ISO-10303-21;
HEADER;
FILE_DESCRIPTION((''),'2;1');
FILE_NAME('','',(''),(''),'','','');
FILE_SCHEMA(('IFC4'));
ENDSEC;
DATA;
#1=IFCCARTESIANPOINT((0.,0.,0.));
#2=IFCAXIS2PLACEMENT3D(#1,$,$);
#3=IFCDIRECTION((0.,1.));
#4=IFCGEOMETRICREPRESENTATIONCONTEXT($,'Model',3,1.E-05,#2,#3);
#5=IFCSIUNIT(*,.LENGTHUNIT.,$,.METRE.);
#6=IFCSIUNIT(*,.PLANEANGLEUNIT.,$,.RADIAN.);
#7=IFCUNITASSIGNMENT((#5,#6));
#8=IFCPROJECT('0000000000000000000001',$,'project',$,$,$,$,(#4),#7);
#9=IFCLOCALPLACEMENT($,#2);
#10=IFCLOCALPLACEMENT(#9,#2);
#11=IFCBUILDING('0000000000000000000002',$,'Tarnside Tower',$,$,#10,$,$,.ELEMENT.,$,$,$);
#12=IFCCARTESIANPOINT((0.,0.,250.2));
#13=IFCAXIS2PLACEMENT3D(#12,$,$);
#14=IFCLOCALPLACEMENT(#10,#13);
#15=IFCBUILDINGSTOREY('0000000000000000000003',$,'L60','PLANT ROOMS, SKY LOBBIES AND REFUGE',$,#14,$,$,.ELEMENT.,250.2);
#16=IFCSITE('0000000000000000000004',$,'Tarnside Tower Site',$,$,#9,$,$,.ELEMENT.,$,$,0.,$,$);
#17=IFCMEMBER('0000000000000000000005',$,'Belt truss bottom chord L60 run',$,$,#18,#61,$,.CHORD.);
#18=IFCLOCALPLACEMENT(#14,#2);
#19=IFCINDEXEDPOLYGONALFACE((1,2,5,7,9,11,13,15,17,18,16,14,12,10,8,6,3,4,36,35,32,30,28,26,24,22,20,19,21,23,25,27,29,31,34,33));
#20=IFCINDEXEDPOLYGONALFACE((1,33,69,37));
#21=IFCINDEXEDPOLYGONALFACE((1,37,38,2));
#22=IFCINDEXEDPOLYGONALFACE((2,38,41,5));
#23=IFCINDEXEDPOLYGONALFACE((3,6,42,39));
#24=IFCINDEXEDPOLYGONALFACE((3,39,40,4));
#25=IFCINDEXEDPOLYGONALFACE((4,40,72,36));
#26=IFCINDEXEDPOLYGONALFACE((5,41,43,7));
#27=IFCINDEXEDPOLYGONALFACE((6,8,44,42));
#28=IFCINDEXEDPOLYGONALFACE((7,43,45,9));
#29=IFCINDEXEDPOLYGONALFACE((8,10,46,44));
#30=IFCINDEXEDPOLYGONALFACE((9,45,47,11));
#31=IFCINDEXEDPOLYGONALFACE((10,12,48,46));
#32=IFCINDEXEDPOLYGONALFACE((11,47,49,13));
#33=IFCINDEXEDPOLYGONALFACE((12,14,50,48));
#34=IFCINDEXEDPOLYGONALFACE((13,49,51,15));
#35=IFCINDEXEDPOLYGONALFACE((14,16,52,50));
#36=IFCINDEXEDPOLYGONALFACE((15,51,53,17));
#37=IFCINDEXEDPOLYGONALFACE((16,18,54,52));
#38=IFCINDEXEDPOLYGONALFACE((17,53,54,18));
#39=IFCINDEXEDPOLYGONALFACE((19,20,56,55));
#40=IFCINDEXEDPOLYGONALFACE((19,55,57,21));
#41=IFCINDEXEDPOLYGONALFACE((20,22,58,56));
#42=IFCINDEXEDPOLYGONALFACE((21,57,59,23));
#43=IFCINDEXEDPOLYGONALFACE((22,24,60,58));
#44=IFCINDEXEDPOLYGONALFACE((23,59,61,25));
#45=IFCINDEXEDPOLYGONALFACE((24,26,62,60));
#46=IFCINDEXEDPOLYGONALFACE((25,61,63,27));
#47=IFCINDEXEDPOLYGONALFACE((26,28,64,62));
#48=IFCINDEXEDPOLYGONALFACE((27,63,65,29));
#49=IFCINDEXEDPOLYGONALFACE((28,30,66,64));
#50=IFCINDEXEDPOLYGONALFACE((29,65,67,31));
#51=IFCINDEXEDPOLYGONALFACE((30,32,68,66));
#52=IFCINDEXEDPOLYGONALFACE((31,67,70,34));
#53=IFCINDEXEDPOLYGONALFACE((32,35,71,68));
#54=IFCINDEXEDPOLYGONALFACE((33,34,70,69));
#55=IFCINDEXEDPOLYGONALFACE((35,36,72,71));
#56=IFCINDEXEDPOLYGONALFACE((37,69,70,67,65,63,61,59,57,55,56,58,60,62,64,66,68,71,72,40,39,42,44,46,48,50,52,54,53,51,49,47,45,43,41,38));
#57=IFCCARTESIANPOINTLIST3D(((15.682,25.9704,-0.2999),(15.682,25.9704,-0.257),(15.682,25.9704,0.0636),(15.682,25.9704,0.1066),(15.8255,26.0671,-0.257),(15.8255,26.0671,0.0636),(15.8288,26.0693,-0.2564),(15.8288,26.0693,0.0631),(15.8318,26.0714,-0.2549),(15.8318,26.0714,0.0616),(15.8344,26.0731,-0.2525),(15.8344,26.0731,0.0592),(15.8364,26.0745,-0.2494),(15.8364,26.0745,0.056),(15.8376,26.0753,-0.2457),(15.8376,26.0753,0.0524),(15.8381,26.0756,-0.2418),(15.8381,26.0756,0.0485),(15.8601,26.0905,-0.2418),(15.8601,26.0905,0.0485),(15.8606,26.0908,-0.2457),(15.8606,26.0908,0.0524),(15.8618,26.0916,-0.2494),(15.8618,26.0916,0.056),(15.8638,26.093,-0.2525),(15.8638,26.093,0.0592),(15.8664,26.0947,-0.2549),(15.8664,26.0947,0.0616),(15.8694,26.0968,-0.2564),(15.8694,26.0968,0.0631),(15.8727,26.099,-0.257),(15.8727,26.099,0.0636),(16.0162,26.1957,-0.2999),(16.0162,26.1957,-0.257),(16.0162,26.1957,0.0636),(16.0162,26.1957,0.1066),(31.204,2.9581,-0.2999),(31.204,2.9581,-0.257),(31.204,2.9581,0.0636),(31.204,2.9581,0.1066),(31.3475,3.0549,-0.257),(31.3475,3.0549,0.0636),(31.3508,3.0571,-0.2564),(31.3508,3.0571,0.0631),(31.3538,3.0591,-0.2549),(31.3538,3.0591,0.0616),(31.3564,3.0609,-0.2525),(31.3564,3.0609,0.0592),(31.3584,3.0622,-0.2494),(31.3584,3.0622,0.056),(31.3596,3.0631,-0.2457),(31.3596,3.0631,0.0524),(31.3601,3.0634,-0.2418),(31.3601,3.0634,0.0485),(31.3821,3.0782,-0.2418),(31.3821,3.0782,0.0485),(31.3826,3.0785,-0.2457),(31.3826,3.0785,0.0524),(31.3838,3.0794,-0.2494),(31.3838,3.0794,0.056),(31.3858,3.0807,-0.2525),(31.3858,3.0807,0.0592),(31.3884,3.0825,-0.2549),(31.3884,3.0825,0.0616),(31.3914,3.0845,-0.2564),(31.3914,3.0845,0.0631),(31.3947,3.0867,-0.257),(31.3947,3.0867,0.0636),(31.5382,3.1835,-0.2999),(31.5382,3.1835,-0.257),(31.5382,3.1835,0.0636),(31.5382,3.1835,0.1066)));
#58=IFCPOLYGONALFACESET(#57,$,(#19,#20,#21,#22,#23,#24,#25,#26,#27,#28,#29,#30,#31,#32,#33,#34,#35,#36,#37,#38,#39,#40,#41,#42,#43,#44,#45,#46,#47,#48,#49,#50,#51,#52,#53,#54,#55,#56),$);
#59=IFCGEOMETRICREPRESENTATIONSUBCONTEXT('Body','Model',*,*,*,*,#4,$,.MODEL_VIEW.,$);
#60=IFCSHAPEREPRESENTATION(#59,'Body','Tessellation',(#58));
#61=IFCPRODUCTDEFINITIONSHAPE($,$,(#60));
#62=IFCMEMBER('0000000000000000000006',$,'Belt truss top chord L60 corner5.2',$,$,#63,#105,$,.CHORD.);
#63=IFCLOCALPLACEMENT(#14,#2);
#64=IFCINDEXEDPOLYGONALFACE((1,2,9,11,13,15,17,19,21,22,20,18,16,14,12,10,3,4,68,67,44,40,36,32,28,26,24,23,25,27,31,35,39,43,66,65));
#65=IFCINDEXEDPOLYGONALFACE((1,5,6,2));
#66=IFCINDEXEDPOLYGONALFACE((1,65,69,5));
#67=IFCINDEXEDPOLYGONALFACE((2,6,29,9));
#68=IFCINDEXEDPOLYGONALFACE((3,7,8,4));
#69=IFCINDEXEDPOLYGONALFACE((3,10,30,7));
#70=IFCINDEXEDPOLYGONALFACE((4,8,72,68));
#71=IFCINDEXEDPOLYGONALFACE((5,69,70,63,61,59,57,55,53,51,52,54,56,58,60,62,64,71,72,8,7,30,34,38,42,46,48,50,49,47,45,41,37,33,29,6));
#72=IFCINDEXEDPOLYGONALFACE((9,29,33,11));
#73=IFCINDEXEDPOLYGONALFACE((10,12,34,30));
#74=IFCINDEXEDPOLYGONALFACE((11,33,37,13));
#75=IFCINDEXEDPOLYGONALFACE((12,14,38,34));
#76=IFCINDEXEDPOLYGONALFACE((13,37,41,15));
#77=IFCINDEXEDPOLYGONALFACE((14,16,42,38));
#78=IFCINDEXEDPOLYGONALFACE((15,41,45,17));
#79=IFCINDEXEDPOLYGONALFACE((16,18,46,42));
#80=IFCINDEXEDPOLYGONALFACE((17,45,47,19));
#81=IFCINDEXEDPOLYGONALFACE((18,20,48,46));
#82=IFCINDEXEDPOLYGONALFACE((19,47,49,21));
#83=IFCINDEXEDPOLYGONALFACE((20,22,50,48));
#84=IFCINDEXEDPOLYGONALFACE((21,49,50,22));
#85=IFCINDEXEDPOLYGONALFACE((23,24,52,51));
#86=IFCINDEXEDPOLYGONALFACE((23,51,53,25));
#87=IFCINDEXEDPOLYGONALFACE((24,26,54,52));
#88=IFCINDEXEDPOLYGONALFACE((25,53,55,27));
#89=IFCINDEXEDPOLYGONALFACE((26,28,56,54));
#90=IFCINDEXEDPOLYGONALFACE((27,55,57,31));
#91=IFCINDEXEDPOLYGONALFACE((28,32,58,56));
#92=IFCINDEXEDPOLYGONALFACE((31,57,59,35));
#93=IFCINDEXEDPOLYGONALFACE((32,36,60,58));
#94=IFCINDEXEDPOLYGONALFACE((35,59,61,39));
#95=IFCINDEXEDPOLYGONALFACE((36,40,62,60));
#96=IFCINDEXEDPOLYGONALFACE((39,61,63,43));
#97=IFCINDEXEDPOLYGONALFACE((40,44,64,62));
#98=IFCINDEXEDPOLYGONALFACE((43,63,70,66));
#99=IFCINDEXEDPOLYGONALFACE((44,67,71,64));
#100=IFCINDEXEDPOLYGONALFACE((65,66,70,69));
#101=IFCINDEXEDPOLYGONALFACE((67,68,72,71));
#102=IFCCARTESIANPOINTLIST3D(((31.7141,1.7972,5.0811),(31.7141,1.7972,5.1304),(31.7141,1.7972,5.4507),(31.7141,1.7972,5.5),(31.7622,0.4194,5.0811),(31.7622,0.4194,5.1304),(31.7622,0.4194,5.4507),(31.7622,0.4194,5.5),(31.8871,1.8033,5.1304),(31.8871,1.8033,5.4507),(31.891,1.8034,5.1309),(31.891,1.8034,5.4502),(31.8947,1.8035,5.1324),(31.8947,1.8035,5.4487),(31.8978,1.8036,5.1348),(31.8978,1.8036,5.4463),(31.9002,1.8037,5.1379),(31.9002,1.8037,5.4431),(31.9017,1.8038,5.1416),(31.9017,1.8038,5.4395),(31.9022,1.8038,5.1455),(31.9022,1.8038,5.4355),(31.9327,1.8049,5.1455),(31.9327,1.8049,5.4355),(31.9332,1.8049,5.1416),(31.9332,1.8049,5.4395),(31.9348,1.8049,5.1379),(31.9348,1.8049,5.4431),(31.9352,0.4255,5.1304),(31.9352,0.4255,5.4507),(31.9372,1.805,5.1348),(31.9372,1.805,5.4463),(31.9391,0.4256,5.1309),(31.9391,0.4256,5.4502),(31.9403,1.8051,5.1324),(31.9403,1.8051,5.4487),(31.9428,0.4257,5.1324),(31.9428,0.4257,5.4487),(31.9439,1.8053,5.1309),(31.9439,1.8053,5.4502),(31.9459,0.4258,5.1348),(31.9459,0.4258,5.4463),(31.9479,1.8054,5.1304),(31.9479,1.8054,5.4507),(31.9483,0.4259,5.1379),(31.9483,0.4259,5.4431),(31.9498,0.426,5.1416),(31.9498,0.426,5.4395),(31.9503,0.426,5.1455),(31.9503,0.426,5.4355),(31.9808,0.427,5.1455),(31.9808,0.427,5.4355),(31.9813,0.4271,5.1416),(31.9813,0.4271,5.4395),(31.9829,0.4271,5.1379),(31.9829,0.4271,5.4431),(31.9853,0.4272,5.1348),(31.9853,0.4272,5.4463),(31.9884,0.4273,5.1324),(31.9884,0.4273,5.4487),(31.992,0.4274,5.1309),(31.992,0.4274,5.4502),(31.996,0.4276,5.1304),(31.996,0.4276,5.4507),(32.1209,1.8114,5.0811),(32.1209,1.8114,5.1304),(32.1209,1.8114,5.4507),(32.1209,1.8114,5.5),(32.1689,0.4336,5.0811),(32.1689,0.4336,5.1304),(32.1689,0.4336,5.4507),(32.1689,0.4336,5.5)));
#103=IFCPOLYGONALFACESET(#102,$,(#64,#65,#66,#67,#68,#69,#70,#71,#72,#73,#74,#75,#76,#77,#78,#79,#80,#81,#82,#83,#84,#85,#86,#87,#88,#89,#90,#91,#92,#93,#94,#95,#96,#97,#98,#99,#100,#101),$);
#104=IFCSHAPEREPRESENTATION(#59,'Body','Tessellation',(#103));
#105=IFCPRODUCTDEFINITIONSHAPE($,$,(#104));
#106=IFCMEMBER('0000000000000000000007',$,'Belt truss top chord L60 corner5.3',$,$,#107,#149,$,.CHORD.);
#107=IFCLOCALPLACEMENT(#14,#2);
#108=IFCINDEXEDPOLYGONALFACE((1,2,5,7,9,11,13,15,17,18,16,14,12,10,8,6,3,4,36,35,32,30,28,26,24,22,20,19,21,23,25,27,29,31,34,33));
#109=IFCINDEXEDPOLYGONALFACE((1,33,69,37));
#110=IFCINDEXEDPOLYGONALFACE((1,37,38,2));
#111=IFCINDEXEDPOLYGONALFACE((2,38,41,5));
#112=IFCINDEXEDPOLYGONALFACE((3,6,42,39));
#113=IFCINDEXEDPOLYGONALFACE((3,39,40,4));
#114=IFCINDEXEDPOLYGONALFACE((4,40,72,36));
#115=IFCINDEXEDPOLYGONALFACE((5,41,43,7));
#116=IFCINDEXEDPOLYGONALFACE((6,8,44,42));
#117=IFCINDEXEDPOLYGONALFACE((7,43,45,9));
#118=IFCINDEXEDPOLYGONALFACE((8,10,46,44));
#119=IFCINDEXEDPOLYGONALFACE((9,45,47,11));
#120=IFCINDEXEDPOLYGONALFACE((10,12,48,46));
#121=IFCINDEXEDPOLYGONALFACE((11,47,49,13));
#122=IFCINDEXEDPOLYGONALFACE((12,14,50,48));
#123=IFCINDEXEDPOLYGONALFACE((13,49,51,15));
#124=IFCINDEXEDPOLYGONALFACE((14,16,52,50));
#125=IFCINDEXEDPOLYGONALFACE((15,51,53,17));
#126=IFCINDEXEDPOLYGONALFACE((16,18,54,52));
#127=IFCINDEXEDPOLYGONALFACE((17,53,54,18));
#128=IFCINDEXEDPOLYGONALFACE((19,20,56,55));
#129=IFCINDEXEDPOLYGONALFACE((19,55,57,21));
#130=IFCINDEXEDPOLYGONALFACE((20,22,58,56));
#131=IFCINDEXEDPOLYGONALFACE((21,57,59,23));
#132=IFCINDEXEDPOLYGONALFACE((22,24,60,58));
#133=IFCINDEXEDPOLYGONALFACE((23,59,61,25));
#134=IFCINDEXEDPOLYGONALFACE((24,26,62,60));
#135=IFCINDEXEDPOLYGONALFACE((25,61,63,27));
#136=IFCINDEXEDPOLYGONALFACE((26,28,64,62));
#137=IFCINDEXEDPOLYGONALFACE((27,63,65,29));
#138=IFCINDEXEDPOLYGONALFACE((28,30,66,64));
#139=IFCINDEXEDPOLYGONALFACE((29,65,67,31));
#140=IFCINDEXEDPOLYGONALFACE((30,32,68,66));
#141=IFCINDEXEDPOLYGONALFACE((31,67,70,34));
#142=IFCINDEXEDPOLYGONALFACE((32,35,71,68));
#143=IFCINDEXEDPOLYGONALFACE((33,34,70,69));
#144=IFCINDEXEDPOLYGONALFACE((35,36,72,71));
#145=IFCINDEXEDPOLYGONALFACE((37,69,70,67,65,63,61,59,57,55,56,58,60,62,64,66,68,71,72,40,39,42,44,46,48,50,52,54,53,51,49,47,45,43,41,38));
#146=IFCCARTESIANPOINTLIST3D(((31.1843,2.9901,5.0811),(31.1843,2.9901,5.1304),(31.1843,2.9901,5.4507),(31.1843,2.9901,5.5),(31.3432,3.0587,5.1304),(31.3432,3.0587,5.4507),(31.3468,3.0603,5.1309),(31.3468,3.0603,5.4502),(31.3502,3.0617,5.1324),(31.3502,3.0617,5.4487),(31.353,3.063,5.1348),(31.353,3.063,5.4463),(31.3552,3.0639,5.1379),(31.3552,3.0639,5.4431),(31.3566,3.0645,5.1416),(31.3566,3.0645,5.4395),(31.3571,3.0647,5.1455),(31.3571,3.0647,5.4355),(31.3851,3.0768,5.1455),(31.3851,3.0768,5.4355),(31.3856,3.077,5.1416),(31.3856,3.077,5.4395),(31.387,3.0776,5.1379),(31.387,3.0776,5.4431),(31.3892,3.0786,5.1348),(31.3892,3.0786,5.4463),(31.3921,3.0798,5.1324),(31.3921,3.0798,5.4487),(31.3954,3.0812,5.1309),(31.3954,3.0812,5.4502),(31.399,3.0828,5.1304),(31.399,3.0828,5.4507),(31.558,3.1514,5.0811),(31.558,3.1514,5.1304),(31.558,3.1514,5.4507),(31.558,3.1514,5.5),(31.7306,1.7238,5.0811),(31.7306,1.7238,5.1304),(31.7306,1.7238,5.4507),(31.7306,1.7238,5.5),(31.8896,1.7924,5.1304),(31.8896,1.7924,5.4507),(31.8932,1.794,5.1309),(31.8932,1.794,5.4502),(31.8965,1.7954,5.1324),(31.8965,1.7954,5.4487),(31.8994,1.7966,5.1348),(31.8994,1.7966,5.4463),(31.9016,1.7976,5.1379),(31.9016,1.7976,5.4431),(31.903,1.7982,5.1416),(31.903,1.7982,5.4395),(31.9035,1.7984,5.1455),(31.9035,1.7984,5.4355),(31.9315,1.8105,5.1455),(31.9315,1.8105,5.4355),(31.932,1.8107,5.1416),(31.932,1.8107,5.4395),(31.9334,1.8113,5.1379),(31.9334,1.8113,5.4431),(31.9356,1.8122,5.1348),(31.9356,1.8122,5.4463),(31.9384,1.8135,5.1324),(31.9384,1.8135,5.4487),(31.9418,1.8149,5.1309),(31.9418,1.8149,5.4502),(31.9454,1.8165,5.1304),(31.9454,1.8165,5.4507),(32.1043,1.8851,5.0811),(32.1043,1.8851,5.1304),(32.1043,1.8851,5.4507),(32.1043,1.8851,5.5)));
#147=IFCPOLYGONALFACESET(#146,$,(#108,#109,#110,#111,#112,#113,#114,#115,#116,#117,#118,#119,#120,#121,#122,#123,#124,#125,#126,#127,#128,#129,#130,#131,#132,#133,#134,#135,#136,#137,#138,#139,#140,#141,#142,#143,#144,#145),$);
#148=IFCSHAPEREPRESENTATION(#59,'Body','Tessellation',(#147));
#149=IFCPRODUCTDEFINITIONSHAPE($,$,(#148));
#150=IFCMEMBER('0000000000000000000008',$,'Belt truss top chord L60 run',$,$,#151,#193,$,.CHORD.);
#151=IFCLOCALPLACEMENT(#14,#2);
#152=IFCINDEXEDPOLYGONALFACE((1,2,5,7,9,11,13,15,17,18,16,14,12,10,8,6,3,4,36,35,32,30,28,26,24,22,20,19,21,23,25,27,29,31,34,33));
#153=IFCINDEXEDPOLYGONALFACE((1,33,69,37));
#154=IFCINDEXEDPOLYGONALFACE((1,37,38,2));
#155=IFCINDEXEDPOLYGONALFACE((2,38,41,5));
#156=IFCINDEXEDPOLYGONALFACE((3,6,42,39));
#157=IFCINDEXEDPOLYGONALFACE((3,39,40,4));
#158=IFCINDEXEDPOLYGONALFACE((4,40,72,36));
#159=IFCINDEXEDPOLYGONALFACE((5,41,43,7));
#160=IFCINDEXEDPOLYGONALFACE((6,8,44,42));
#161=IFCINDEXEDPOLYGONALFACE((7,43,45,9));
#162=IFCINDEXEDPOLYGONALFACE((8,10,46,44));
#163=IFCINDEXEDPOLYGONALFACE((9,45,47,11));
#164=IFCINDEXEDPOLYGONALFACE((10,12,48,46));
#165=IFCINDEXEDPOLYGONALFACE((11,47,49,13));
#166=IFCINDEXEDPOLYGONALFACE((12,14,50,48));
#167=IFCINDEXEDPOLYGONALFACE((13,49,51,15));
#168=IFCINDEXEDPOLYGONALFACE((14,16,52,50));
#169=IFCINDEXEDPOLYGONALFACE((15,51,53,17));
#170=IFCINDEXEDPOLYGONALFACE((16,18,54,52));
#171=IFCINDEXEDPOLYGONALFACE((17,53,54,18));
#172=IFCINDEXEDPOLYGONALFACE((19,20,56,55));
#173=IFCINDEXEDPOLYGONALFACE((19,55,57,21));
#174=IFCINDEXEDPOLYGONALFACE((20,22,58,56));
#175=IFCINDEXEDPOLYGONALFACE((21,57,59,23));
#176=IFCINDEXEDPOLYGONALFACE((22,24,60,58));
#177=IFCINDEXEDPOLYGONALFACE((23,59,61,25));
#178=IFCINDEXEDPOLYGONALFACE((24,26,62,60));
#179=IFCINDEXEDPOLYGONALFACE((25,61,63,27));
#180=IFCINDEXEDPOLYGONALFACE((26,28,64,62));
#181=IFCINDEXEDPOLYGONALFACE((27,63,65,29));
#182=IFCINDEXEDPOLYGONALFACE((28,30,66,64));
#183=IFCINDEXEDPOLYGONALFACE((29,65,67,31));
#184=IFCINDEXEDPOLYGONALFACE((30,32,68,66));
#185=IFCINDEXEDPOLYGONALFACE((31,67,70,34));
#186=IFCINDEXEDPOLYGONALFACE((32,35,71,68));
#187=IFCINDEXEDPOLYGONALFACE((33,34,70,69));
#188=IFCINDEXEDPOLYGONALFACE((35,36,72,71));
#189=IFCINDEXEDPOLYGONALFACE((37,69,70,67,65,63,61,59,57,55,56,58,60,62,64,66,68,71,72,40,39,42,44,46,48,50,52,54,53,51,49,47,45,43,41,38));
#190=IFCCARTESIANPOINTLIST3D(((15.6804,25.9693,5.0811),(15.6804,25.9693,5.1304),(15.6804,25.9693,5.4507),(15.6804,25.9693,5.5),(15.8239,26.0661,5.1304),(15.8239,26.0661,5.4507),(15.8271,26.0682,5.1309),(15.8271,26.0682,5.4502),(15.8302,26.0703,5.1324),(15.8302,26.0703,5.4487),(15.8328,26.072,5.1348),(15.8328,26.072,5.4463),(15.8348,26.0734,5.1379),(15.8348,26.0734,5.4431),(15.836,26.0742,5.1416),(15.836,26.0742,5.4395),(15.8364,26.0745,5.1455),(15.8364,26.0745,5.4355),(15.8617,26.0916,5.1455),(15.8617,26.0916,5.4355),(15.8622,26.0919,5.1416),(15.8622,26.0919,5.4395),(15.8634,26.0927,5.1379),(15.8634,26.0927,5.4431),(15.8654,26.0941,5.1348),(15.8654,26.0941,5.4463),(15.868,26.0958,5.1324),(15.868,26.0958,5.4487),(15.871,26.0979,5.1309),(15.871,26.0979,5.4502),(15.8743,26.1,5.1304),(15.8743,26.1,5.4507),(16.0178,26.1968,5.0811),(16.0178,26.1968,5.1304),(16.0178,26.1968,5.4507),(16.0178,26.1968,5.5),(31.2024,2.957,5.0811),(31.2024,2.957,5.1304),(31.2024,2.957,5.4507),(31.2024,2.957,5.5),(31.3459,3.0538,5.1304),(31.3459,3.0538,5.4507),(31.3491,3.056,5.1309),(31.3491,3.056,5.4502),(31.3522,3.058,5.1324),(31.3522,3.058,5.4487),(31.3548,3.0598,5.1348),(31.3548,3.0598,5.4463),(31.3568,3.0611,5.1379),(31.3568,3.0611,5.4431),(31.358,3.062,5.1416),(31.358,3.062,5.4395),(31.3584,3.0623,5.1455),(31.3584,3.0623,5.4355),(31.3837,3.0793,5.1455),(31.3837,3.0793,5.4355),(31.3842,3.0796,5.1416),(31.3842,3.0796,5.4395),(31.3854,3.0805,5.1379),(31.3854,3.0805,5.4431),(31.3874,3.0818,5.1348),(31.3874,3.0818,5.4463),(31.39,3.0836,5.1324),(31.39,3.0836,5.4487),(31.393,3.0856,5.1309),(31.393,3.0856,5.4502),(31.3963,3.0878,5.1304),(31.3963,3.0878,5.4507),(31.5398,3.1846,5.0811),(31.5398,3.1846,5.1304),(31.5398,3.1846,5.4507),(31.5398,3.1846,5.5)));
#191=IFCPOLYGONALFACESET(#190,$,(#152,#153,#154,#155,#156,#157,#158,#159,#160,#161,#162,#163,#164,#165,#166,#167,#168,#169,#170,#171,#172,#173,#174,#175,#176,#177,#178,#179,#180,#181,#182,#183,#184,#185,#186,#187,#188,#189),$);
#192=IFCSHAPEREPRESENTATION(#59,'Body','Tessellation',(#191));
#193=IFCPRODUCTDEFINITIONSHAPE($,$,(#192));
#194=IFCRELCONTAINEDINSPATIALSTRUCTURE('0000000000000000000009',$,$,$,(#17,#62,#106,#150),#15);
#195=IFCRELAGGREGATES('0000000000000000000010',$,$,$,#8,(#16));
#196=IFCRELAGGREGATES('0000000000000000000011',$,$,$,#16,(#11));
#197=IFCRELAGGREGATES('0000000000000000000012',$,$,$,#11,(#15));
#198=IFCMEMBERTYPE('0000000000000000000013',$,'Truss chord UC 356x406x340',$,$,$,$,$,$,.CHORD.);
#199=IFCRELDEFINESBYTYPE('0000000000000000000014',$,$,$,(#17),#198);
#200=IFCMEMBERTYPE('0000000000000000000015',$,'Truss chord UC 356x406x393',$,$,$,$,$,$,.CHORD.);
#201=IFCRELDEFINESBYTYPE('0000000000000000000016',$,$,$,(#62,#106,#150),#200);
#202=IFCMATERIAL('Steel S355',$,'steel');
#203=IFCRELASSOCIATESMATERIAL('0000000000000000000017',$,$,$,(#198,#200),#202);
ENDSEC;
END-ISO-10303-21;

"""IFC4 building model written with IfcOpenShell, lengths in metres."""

from ifc_helpers import new_model, si_unit, direction, frame, origin, origin_2d, place, context, subcontext, project, spatial, i_section, extrude, material, material_profile, profile_set, type_object, element, save


model = new_model("IFC4")

# Units and contexts
model_context = context("Model", 3, precision=1e-05, world=origin(), true_north=direction((0.0, 1.0)))
body_context = subcontext(model_context, "Body", "Model", "MODEL_VIEW")
ifc_project = project(units=[si_unit("LENGTHUNIT", "METRE"), si_unit("PLANEANGLEUNIT", "RADIAN")], contexts=[model_context])

# Site, building, storey
site_placement = place(None, origin())
site = spatial("IfcSite", under=ifc_project, at=site_placement, Name="Tarnside Tower Site", CompositionType="ELEMENT", RefElevation=0.0)
building_placement = place(site_placement, origin())
building = spatial("IfcBuilding", under=site, at=building_placement, Name="Tarnside Tower", CompositionType="ELEMENT")
storey_placement = place(building_placement, frame((0.0, 0.0, 250.2)))
storey = spatial("IfcBuildingStorey", under=building, at=storey_placement, Name="L60", Description="PLANT ROOMS, SKY LOBBIES AND REFUGE", CompositionType="ELEMENT", Elevation=250.2)

# Shared definitions
ifc_material_1 = material(Name="Steel S355", Category="steel")

# Members
ifc_material_profile_1 = material_profile(ifc_material_1, i_section(OverallWidth=0.4031, OverallDepth=0.4065, WebThickness=0.0266, FlangeThickness=0.043, FilletRadius=0.0151, at=origin_2d()), Name="UC 356x406x340")
ifc_profile_set_1 = profile_set([ifc_material_profile_1], Name="Steel S355")
member_type_1 = type_object("IfcMemberType", Name="Truss chord UC 356x406x340", PredefinedType="CHORD", material=ifc_profile_set_1)
member_1_placement = place(storey_placement, frame((31.3711, 3.0708, -0.0967), z_axis=(-0.559194, 0.829037, 0.0), x_axis=(-0.829037, -0.559194, 0.0)))
element("IfcMember", 1, at=member_1_placement, inside=storey, type_object=member_type_1, Name="Belt truss bottom chord L60 run", PredefinedType="CHORD", context=body_context, shape_type="SweptSolid", body=[
    extrude(i_section(OverallWidth=0.4031, OverallDepth=0.4065, WebThickness=0.0266, FlangeThickness=0.043, FilletRadius=0.0151, at=origin_2d()), origin(), (0.0, 0.0, 1.0), 27.7578),
])
ifc_material_profile_2 = material_profile(ifc_material_1, i_section(OverallWidth=0.407, OverallDepth=0.4189, WebThickness=0.0305, FlangeThickness=0.0493, FilletRadius=0.0151, at=origin_2d()), Name="UC 356x406x393")
ifc_profile_set_2 = profile_set([ifc_material_profile_2], Name="Steel S355")
member_type_2 = type_object("IfcMemberType", Name="Truss chord UC 356x406x393", PredefinedType="CHORD", material=ifc_profile_set_2)
member_2_placement = place(storey_placement, frame((31.9656, 0.4265, 5.2905), z_axis=(-0.034883, 0.999391, 0.0), x_axis=(-0.999391, -0.034883, 0.0)))
element("IfcMember", 2, at=member_2_placement, inside=storey, type_object=member_type_2, Name="Belt truss top chord L60 corner5.2", PredefinedType="CHORD", context=body_context, shape_type="SweptSolid", body=[
    extrude(i_section(OverallWidth=0.407, OverallDepth=0.4189, WebThickness=0.0305, FlangeThickness=0.0493, FilletRadius=0.0151, at=origin_2d()), origin(), (0.0, 0.0, 1.0), 1.3787),
])
member_3_placement = place(storey_placement, frame((31.9175, 1.8044, 5.2905), z_axis=(-0.396161, 0.918181, 0.0), x_axis=(-0.918181, -0.396161, 0.0)))
element("IfcMember", 3, at=member_3_placement, inside=storey, type_object=member_type_2, Name="Belt truss top chord L60 corner5.3", PredefinedType="CHORD", context=body_context, shape_type="SweptSolid", body=[
    extrude(i_section(OverallWidth=0.407, OverallDepth=0.4189, WebThickness=0.0305, FlangeThickness=0.0493, FilletRadius=0.0151, at=origin_2d()), origin(), (0.0, 0.0, 1.0), 1.3792),
])
member_4_placement = place(storey_placement, frame((31.3711, 3.0708, 5.2905), z_axis=(-0.559194, 0.829037, 0.0), x_axis=(-0.829037, -0.559194, 0.0)))
element("IfcMember", 4, at=member_4_placement, inside=storey, type_object=member_type_2, Name="Belt truss top chord L60 run", PredefinedType="CHORD", context=body_context, shape_type="SweptSolid", body=[
    extrude(i_section(OverallWidth=0.407, OverallDepth=0.4189, WebThickness=0.0305, FlangeThickness=0.0493, FilletRadius=0.0151, at=origin_2d()), origin(), (0.0, 0.0, 1.0), 27.7578),
])

save(model, "model.ifc")
